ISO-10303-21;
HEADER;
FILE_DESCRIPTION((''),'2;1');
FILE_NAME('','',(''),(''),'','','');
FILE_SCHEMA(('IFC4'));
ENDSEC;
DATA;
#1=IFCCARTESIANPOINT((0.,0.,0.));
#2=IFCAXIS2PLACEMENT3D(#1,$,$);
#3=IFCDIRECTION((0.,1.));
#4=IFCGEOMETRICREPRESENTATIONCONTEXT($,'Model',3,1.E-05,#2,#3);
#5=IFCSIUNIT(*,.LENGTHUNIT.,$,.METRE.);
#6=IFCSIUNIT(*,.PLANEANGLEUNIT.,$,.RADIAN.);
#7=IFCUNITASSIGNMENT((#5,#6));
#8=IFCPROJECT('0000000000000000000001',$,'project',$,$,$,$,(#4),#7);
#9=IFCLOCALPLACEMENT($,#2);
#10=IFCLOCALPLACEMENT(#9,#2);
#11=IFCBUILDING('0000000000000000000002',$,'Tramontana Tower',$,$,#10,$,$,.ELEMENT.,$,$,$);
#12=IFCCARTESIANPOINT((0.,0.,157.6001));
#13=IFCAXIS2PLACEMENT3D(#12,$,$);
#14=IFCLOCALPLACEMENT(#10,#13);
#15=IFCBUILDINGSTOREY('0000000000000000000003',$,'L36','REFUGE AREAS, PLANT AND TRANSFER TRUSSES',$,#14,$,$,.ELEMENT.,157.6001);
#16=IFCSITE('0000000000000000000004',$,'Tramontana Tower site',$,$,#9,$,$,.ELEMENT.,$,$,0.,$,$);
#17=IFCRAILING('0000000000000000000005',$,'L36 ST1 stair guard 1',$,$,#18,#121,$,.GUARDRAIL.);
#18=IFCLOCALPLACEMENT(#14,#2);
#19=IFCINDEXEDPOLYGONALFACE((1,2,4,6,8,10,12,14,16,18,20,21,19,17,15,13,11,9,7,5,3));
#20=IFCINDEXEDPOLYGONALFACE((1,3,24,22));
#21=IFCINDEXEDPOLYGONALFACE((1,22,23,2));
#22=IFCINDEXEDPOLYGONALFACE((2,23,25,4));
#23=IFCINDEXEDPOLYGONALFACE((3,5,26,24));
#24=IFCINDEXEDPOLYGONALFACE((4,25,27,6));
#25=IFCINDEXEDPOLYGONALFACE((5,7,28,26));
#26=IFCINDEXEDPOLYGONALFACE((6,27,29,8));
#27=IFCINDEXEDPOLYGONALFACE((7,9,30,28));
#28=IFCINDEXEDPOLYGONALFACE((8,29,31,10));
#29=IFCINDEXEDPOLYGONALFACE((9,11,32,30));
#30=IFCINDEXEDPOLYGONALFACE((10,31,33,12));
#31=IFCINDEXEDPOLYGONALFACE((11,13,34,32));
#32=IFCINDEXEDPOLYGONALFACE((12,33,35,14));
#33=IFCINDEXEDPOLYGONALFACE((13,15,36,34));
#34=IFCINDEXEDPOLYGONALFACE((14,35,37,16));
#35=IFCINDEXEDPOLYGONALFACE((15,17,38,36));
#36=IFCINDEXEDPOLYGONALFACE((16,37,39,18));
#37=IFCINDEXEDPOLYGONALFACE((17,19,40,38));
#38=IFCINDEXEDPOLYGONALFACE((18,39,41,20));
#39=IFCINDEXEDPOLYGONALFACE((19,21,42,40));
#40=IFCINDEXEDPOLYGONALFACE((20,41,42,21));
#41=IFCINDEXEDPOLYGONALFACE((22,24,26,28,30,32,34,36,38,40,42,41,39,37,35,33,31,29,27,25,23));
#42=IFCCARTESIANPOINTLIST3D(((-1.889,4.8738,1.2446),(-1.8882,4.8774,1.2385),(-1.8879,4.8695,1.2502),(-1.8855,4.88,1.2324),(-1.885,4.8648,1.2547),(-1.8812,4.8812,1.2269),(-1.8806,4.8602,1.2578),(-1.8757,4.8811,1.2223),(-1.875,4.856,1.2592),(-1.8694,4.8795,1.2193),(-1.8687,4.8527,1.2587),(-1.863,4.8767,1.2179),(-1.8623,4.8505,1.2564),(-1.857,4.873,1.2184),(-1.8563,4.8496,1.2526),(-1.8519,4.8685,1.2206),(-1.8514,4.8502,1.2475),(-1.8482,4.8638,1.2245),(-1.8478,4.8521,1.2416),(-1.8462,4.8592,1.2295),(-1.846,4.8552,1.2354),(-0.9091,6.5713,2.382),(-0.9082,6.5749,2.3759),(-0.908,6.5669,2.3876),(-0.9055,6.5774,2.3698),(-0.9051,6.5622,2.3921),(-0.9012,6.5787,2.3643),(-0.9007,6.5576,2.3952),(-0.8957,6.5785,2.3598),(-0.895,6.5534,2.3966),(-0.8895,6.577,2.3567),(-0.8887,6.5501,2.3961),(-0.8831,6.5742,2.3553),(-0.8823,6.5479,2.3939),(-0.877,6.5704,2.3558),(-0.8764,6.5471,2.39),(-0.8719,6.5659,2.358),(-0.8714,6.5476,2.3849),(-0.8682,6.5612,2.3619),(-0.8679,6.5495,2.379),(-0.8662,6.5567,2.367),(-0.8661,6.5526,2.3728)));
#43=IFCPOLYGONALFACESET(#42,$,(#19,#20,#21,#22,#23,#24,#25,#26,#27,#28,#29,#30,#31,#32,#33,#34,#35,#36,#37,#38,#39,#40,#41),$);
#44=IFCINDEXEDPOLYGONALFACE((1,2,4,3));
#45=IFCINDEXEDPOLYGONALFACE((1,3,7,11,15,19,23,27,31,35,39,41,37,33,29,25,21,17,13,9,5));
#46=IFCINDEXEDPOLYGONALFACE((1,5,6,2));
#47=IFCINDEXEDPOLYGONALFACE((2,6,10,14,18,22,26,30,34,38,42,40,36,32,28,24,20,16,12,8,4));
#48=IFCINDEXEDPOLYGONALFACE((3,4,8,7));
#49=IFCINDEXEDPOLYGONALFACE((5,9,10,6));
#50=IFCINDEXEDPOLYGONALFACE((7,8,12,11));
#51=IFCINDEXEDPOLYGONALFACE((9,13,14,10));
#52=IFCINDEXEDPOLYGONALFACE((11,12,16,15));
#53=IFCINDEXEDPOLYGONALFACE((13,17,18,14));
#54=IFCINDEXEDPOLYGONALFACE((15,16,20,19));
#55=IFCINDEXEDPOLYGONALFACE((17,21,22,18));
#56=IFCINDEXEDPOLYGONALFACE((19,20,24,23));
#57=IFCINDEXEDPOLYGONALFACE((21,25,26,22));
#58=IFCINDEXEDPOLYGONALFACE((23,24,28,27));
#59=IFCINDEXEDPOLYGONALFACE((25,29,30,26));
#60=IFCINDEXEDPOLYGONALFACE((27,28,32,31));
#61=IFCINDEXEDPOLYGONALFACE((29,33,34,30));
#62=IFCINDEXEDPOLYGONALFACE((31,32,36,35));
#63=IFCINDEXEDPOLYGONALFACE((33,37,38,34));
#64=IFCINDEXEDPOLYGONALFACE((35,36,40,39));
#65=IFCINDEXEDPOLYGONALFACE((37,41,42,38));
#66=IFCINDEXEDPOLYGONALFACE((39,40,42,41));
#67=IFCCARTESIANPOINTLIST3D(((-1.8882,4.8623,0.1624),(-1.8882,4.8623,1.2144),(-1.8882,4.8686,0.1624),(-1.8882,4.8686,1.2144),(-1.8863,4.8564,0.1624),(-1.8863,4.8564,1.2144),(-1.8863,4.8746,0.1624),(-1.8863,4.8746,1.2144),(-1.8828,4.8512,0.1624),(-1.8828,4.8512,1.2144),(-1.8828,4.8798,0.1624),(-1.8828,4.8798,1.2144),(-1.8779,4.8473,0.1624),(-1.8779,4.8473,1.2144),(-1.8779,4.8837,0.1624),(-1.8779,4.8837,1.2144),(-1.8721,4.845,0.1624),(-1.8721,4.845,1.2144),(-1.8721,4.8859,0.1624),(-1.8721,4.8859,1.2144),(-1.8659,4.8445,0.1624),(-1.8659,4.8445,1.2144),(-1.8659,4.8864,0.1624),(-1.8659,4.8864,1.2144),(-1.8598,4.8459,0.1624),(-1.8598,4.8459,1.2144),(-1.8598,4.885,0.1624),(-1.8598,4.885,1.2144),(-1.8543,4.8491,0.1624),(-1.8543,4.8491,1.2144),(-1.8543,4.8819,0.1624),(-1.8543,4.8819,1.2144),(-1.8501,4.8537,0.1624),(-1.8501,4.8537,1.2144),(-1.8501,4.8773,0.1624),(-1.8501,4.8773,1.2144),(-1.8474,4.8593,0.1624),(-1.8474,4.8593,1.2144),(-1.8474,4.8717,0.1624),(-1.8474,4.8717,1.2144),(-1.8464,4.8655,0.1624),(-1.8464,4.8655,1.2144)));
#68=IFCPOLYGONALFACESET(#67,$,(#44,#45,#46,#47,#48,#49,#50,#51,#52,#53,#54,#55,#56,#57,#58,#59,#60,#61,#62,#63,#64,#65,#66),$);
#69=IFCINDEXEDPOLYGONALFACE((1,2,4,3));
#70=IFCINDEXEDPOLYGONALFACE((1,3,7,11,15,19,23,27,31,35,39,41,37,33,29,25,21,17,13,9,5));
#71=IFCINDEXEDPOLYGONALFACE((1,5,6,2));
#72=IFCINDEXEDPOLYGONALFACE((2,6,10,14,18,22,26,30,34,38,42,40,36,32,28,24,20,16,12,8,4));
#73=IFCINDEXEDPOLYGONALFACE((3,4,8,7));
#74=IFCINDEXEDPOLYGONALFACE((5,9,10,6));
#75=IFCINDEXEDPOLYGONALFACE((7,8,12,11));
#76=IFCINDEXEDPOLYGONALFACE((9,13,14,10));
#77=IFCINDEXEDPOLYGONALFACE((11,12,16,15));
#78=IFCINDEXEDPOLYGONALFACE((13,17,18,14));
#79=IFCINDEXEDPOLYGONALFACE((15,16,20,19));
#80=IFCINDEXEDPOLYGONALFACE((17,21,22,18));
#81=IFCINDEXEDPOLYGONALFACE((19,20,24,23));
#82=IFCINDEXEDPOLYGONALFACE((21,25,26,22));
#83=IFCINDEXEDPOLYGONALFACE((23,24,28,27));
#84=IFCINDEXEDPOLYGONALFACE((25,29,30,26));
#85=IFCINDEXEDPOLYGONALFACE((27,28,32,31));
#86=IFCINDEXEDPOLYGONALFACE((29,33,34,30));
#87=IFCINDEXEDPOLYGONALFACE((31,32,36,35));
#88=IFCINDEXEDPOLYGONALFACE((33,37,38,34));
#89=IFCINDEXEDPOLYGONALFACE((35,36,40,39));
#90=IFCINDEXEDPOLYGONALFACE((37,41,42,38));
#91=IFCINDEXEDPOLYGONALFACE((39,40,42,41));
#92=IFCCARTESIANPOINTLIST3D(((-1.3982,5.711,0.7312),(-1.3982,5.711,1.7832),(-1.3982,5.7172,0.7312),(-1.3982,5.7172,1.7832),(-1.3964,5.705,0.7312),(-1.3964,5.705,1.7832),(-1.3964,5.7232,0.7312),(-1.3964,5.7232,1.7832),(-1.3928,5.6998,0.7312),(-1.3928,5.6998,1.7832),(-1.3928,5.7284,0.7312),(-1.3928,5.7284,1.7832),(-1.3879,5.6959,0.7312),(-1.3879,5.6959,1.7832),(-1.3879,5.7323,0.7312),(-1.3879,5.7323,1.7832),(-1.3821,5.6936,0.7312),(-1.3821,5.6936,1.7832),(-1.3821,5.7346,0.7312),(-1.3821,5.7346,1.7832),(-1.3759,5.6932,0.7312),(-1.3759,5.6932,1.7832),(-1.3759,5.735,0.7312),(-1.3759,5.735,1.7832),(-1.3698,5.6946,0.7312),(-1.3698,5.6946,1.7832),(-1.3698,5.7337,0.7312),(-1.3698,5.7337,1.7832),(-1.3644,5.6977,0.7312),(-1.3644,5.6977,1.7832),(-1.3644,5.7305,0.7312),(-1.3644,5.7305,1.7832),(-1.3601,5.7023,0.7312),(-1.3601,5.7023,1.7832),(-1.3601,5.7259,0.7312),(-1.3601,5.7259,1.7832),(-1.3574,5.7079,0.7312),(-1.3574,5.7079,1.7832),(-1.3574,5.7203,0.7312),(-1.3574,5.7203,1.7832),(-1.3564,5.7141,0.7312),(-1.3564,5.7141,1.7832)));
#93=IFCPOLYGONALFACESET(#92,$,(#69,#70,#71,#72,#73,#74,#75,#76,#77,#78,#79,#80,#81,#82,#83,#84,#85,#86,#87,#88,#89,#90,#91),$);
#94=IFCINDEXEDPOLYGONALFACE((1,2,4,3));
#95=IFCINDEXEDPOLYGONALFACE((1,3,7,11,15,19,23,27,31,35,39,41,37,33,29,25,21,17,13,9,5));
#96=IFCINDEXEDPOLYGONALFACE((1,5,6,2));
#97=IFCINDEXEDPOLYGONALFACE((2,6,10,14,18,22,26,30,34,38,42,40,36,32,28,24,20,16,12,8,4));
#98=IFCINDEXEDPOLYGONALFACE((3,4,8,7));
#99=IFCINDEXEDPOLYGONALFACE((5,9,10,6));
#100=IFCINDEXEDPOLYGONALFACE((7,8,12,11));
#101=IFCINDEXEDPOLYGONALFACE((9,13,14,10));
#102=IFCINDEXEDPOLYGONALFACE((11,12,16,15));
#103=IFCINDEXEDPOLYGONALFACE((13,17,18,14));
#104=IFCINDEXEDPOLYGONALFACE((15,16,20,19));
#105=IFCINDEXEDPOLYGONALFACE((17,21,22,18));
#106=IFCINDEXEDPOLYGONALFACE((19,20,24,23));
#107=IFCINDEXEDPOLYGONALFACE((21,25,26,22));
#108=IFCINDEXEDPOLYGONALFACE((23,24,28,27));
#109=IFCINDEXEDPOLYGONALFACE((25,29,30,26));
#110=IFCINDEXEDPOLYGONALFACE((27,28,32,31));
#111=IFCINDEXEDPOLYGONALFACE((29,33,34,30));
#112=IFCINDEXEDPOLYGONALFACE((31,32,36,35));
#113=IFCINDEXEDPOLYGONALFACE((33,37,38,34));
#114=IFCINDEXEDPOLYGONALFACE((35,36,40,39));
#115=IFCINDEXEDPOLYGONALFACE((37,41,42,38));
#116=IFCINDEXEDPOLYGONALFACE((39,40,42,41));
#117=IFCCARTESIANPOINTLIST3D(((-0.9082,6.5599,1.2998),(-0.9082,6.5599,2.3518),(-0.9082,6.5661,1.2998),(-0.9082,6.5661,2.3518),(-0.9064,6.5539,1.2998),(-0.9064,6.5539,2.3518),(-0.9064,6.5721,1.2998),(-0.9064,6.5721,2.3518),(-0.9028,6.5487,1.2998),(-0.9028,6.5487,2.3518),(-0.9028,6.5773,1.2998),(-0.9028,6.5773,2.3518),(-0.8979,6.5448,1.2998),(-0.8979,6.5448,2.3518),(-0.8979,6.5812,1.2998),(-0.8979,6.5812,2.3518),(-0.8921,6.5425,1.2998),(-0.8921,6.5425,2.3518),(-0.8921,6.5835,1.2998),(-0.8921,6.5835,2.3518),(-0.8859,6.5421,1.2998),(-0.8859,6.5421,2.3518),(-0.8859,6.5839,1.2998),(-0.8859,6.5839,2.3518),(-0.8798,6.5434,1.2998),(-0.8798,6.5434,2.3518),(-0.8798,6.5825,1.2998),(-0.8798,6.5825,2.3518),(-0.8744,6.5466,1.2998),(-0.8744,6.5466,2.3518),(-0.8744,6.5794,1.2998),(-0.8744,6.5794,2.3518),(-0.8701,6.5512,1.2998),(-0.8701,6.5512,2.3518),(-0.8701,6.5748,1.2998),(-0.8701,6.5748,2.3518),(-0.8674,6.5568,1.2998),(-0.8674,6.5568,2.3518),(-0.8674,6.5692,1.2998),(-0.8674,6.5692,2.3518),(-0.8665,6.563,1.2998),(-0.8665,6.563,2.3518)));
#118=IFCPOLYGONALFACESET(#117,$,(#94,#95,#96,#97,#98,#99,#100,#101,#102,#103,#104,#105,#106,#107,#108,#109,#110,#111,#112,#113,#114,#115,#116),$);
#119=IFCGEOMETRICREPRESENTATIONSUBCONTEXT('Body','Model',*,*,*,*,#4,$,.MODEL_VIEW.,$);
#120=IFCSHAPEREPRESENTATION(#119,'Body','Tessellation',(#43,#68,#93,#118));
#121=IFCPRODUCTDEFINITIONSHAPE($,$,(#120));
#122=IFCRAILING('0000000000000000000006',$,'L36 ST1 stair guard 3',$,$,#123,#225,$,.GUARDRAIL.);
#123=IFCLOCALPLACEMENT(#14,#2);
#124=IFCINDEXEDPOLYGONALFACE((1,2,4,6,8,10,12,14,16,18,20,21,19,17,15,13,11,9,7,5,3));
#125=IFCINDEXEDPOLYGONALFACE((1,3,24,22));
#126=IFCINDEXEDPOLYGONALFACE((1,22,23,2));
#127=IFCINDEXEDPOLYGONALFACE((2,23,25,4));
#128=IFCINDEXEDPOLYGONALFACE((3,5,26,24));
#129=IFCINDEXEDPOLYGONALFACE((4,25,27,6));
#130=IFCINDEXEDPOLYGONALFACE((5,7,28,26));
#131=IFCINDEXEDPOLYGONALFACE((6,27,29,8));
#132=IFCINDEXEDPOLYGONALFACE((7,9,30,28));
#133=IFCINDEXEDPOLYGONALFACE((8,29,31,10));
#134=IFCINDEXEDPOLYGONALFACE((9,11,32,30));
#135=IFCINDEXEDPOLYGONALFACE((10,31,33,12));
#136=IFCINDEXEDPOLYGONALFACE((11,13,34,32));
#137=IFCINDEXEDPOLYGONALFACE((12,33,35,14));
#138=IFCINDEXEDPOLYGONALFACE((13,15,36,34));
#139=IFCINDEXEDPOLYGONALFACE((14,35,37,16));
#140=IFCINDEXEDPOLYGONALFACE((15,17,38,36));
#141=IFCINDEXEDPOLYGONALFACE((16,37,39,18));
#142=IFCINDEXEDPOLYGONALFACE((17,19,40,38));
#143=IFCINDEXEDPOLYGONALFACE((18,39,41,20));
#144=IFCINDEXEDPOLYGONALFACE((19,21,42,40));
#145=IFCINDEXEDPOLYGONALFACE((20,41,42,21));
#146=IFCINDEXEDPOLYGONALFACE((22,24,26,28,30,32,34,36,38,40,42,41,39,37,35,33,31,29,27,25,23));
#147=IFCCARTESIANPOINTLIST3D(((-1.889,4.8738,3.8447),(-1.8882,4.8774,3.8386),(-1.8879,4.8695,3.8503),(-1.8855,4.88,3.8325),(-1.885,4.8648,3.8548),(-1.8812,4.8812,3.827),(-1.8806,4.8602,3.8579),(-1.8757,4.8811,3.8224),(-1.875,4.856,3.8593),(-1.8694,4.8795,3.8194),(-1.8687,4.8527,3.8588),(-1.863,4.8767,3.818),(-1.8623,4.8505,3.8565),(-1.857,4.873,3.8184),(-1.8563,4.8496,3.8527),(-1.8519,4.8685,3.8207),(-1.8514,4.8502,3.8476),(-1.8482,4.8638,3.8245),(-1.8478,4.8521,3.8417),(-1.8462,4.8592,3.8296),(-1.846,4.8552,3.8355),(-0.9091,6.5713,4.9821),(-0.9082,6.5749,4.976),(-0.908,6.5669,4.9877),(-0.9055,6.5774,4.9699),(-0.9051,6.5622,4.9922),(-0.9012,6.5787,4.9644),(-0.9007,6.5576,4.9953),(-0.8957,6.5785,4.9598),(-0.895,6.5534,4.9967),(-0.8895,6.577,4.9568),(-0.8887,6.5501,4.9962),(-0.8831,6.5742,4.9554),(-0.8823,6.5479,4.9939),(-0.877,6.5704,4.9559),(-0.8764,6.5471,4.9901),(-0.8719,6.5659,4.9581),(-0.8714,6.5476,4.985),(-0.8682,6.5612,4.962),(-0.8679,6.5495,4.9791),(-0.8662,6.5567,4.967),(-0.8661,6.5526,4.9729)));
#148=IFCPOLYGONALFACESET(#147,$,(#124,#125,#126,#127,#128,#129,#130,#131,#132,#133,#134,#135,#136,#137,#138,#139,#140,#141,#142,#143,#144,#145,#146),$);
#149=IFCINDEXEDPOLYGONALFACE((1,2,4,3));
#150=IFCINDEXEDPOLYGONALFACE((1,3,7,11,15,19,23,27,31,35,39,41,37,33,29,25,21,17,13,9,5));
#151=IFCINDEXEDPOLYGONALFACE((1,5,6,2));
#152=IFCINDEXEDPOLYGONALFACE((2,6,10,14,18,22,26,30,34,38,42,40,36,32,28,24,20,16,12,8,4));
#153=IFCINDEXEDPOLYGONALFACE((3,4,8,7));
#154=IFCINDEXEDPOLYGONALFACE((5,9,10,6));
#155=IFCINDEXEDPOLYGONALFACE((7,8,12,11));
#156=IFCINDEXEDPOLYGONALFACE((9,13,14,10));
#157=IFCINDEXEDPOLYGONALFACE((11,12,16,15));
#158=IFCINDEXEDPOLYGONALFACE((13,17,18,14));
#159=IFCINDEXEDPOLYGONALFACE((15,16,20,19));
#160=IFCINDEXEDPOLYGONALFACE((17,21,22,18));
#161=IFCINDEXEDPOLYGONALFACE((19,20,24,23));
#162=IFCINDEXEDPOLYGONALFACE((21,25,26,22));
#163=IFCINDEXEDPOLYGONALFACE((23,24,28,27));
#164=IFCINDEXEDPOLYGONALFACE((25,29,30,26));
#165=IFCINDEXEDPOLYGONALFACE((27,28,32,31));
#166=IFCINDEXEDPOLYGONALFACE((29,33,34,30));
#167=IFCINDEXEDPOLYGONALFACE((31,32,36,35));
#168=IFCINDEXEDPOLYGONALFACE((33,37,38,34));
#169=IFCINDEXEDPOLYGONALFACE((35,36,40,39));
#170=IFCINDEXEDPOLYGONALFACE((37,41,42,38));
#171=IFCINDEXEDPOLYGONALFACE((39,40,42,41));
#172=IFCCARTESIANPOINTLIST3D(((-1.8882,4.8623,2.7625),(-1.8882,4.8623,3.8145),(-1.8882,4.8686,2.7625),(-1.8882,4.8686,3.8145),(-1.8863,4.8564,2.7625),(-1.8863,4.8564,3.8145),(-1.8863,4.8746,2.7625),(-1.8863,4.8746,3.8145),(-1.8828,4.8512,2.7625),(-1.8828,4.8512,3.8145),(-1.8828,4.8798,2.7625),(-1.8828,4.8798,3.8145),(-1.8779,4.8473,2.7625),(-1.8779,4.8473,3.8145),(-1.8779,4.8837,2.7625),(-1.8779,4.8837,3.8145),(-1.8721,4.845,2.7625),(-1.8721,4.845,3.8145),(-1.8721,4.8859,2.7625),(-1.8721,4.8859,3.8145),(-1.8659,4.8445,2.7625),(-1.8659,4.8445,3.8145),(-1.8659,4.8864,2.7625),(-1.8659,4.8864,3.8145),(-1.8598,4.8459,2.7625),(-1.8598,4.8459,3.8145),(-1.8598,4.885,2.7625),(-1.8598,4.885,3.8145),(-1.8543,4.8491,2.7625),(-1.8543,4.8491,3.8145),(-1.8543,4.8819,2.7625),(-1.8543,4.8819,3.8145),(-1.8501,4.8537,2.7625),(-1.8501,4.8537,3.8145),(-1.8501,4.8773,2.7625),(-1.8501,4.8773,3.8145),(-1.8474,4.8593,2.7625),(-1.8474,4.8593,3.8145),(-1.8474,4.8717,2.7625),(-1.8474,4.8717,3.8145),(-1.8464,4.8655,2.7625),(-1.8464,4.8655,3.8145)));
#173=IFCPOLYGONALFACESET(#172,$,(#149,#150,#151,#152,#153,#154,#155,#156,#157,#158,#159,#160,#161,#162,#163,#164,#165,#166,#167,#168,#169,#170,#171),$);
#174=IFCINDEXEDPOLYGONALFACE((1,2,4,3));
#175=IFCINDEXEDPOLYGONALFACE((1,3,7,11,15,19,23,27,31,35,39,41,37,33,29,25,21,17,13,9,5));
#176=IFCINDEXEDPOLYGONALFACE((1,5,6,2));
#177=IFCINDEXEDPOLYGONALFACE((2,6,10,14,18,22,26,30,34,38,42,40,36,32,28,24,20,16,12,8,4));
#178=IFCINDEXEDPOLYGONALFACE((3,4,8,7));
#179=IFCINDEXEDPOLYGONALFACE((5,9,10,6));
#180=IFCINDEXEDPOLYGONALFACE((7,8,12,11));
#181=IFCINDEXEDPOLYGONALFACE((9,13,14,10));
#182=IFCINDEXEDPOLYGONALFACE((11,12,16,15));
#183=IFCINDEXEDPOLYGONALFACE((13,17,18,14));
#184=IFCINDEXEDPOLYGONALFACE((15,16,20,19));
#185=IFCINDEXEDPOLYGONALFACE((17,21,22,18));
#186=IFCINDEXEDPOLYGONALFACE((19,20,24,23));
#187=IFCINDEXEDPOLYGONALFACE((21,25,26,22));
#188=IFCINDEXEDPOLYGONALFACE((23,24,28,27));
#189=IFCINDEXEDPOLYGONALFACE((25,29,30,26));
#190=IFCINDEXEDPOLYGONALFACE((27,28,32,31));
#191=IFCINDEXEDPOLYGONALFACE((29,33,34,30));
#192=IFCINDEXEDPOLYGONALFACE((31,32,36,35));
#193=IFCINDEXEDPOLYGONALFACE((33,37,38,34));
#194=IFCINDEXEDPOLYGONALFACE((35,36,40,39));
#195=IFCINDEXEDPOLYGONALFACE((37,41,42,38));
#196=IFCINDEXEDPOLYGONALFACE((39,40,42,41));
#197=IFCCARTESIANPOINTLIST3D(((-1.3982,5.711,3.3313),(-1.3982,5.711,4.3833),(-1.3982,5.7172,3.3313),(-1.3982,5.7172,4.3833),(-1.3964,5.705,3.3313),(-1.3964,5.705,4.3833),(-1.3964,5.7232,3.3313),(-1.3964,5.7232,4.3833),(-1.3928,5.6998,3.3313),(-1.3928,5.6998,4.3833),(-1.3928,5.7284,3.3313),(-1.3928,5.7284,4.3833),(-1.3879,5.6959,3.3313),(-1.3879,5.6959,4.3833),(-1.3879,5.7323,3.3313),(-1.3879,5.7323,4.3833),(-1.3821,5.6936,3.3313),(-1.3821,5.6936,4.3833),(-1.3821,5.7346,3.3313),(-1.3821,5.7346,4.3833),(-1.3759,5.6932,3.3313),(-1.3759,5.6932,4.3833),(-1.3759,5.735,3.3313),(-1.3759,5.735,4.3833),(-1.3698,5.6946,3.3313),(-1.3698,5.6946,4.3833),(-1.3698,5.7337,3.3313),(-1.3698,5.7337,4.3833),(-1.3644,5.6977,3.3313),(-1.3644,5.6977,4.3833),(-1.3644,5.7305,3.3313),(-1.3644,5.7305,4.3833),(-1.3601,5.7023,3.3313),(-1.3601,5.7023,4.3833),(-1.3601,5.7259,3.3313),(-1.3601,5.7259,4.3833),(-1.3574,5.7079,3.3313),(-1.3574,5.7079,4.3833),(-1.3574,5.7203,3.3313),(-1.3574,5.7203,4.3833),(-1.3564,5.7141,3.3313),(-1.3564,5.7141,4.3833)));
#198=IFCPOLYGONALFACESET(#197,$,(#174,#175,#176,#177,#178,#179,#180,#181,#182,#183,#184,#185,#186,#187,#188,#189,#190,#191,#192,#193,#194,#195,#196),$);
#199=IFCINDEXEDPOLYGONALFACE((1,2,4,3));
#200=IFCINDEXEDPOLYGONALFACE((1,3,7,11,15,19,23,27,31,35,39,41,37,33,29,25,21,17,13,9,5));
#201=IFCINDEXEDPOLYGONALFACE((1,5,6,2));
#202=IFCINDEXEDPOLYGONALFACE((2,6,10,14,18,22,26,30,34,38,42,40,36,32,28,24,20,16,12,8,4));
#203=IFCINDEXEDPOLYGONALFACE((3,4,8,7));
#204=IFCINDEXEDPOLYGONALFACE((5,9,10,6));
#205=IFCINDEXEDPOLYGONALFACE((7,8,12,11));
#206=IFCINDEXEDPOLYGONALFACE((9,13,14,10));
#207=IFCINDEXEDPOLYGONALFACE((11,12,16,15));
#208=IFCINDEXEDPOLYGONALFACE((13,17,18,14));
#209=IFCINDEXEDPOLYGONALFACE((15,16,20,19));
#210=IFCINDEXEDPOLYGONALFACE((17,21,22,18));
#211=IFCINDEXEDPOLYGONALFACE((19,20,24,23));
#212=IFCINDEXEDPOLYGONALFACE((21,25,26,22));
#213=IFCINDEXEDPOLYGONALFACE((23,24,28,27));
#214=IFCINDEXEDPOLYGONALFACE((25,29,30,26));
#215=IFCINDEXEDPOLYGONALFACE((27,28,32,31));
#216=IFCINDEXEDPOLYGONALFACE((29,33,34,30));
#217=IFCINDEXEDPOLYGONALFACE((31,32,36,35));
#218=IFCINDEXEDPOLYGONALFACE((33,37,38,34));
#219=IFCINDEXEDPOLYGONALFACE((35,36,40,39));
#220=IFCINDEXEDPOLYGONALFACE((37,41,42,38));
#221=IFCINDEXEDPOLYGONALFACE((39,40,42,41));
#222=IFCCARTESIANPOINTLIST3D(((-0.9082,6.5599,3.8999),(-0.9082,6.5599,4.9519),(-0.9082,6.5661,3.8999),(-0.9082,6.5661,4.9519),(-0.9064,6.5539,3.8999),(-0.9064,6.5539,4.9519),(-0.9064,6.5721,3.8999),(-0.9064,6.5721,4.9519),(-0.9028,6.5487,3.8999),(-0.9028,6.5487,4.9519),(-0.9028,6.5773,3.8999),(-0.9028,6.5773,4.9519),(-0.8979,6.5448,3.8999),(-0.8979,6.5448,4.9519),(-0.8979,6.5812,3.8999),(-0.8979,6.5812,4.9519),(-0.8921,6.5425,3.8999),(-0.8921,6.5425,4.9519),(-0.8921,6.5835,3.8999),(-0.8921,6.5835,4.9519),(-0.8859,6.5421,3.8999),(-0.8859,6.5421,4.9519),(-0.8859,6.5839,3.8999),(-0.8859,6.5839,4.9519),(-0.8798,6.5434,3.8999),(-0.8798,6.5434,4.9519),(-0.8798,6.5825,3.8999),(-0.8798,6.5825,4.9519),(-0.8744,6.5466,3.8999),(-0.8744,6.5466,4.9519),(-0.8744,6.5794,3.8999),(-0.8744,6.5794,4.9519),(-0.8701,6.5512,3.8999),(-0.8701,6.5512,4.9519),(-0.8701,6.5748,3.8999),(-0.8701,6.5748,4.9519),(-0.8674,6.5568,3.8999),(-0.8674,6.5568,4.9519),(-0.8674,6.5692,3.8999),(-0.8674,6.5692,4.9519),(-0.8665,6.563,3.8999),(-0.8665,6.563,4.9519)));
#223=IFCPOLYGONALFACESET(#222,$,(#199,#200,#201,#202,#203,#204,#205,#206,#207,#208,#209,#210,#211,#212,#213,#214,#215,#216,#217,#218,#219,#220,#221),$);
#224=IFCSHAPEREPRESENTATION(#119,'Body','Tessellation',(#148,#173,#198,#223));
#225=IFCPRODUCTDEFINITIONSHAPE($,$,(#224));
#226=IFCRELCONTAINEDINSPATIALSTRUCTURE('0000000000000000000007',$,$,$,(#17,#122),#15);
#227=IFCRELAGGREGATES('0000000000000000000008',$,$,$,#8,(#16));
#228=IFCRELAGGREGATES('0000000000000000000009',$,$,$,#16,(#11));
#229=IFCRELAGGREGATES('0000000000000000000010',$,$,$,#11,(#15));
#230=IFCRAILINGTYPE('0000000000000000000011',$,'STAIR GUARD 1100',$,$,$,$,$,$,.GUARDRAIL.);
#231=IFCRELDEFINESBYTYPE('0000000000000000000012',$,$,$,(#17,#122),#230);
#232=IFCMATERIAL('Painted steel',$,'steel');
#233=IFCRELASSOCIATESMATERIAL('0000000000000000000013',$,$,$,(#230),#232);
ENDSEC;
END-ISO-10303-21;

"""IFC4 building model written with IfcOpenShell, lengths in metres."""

from ifc_helpers import new_model, si_unit, direction, frame, origin, origin_2d, place, context, subcontext, project, spatial, circle, extrude, material, type_object, element, save


model = new_model("IFC4")

# Units and contexts
model_context = context("Model", 3, precision=1e-05, world=origin(), true_north=direction((0.0, 1.0)))
body_context = subcontext(model_context, "Body", "Model", "MODEL_VIEW")
ifc_project = project(units=[si_unit("LENGTHUNIT", "METRE"), si_unit("PLANEANGLEUNIT", "RADIAN")], contexts=[model_context])

# Site, building, storey
site_placement = place(None, origin())
site = spatial("IfcSite", under=ifc_project, at=site_placement, Name="Tramontana Tower site", CompositionType="ELEMENT", RefElevation=0.0)
building_placement = place(site_placement, origin())
building = spatial("IfcBuilding", under=site, at=building_placement, Name="Tramontana Tower", CompositionType="ELEMENT")
storey_placement = place(building_placement, frame((0.0, 0.0, 157.6001)))
storey = spatial("IfcBuildingStorey", under=building, at=storey_placement, Name="L36", Description="REFUGE AREAS, PLANT AND TRANSFER TRUSSES", CompositionType="ELEMENT", Elevation=157.6001)

# Railings
ifc_material_1 = material(Name="Painted steel", Category="steel")
railing_type_1 = type_object("IfcRailingType", Name="STAIR GUARD 1100", PredefinedType="GUARDRAIL", material=ifc_material_1)
for number, where, name in (
    (1, (-1.8674, 4.8655, 0.1624), "L36 ST1 stair guard 1"),
    (2, (-1.8674, 4.8655, 2.7625), "L36 ST1 stair guard 3"),
):
    element("IfcRailing", number, at=place(storey_placement, frame(where)), inside=storey, type_object=railing_type_1, Name=name, PredefinedType="GUARDRAIL", context=body_context, shape_type="SweptSolid", body=[
        extrude(circle(Radius=0.0239, at=origin_2d()), frame((0.0, 0.0, 1.0762), z_axis=(0.432432, 0.749053, 0.501918), x_axis=(-0.866042, 0.49997, 0.0)), (0.0, 0.0, 1.0), 2.2661),
        extrude(circle(Radius=0.021, at=origin_2d()), origin(), (0.0, 0.0, 1.0), 1.052),
        extrude(circle(Radius=0.021, at=origin_2d()), frame((0.49, 0.8486, 0.5688)), (0.0, 0.0, 1.0), 1.052),
        extrude(circle(Radius=0.021, at=origin_2d()), frame((0.98, 1.6975, 1.1375)), (0.0, 0.0, 1.0), 1.052),
    ])

save(model, "model.ifc")
